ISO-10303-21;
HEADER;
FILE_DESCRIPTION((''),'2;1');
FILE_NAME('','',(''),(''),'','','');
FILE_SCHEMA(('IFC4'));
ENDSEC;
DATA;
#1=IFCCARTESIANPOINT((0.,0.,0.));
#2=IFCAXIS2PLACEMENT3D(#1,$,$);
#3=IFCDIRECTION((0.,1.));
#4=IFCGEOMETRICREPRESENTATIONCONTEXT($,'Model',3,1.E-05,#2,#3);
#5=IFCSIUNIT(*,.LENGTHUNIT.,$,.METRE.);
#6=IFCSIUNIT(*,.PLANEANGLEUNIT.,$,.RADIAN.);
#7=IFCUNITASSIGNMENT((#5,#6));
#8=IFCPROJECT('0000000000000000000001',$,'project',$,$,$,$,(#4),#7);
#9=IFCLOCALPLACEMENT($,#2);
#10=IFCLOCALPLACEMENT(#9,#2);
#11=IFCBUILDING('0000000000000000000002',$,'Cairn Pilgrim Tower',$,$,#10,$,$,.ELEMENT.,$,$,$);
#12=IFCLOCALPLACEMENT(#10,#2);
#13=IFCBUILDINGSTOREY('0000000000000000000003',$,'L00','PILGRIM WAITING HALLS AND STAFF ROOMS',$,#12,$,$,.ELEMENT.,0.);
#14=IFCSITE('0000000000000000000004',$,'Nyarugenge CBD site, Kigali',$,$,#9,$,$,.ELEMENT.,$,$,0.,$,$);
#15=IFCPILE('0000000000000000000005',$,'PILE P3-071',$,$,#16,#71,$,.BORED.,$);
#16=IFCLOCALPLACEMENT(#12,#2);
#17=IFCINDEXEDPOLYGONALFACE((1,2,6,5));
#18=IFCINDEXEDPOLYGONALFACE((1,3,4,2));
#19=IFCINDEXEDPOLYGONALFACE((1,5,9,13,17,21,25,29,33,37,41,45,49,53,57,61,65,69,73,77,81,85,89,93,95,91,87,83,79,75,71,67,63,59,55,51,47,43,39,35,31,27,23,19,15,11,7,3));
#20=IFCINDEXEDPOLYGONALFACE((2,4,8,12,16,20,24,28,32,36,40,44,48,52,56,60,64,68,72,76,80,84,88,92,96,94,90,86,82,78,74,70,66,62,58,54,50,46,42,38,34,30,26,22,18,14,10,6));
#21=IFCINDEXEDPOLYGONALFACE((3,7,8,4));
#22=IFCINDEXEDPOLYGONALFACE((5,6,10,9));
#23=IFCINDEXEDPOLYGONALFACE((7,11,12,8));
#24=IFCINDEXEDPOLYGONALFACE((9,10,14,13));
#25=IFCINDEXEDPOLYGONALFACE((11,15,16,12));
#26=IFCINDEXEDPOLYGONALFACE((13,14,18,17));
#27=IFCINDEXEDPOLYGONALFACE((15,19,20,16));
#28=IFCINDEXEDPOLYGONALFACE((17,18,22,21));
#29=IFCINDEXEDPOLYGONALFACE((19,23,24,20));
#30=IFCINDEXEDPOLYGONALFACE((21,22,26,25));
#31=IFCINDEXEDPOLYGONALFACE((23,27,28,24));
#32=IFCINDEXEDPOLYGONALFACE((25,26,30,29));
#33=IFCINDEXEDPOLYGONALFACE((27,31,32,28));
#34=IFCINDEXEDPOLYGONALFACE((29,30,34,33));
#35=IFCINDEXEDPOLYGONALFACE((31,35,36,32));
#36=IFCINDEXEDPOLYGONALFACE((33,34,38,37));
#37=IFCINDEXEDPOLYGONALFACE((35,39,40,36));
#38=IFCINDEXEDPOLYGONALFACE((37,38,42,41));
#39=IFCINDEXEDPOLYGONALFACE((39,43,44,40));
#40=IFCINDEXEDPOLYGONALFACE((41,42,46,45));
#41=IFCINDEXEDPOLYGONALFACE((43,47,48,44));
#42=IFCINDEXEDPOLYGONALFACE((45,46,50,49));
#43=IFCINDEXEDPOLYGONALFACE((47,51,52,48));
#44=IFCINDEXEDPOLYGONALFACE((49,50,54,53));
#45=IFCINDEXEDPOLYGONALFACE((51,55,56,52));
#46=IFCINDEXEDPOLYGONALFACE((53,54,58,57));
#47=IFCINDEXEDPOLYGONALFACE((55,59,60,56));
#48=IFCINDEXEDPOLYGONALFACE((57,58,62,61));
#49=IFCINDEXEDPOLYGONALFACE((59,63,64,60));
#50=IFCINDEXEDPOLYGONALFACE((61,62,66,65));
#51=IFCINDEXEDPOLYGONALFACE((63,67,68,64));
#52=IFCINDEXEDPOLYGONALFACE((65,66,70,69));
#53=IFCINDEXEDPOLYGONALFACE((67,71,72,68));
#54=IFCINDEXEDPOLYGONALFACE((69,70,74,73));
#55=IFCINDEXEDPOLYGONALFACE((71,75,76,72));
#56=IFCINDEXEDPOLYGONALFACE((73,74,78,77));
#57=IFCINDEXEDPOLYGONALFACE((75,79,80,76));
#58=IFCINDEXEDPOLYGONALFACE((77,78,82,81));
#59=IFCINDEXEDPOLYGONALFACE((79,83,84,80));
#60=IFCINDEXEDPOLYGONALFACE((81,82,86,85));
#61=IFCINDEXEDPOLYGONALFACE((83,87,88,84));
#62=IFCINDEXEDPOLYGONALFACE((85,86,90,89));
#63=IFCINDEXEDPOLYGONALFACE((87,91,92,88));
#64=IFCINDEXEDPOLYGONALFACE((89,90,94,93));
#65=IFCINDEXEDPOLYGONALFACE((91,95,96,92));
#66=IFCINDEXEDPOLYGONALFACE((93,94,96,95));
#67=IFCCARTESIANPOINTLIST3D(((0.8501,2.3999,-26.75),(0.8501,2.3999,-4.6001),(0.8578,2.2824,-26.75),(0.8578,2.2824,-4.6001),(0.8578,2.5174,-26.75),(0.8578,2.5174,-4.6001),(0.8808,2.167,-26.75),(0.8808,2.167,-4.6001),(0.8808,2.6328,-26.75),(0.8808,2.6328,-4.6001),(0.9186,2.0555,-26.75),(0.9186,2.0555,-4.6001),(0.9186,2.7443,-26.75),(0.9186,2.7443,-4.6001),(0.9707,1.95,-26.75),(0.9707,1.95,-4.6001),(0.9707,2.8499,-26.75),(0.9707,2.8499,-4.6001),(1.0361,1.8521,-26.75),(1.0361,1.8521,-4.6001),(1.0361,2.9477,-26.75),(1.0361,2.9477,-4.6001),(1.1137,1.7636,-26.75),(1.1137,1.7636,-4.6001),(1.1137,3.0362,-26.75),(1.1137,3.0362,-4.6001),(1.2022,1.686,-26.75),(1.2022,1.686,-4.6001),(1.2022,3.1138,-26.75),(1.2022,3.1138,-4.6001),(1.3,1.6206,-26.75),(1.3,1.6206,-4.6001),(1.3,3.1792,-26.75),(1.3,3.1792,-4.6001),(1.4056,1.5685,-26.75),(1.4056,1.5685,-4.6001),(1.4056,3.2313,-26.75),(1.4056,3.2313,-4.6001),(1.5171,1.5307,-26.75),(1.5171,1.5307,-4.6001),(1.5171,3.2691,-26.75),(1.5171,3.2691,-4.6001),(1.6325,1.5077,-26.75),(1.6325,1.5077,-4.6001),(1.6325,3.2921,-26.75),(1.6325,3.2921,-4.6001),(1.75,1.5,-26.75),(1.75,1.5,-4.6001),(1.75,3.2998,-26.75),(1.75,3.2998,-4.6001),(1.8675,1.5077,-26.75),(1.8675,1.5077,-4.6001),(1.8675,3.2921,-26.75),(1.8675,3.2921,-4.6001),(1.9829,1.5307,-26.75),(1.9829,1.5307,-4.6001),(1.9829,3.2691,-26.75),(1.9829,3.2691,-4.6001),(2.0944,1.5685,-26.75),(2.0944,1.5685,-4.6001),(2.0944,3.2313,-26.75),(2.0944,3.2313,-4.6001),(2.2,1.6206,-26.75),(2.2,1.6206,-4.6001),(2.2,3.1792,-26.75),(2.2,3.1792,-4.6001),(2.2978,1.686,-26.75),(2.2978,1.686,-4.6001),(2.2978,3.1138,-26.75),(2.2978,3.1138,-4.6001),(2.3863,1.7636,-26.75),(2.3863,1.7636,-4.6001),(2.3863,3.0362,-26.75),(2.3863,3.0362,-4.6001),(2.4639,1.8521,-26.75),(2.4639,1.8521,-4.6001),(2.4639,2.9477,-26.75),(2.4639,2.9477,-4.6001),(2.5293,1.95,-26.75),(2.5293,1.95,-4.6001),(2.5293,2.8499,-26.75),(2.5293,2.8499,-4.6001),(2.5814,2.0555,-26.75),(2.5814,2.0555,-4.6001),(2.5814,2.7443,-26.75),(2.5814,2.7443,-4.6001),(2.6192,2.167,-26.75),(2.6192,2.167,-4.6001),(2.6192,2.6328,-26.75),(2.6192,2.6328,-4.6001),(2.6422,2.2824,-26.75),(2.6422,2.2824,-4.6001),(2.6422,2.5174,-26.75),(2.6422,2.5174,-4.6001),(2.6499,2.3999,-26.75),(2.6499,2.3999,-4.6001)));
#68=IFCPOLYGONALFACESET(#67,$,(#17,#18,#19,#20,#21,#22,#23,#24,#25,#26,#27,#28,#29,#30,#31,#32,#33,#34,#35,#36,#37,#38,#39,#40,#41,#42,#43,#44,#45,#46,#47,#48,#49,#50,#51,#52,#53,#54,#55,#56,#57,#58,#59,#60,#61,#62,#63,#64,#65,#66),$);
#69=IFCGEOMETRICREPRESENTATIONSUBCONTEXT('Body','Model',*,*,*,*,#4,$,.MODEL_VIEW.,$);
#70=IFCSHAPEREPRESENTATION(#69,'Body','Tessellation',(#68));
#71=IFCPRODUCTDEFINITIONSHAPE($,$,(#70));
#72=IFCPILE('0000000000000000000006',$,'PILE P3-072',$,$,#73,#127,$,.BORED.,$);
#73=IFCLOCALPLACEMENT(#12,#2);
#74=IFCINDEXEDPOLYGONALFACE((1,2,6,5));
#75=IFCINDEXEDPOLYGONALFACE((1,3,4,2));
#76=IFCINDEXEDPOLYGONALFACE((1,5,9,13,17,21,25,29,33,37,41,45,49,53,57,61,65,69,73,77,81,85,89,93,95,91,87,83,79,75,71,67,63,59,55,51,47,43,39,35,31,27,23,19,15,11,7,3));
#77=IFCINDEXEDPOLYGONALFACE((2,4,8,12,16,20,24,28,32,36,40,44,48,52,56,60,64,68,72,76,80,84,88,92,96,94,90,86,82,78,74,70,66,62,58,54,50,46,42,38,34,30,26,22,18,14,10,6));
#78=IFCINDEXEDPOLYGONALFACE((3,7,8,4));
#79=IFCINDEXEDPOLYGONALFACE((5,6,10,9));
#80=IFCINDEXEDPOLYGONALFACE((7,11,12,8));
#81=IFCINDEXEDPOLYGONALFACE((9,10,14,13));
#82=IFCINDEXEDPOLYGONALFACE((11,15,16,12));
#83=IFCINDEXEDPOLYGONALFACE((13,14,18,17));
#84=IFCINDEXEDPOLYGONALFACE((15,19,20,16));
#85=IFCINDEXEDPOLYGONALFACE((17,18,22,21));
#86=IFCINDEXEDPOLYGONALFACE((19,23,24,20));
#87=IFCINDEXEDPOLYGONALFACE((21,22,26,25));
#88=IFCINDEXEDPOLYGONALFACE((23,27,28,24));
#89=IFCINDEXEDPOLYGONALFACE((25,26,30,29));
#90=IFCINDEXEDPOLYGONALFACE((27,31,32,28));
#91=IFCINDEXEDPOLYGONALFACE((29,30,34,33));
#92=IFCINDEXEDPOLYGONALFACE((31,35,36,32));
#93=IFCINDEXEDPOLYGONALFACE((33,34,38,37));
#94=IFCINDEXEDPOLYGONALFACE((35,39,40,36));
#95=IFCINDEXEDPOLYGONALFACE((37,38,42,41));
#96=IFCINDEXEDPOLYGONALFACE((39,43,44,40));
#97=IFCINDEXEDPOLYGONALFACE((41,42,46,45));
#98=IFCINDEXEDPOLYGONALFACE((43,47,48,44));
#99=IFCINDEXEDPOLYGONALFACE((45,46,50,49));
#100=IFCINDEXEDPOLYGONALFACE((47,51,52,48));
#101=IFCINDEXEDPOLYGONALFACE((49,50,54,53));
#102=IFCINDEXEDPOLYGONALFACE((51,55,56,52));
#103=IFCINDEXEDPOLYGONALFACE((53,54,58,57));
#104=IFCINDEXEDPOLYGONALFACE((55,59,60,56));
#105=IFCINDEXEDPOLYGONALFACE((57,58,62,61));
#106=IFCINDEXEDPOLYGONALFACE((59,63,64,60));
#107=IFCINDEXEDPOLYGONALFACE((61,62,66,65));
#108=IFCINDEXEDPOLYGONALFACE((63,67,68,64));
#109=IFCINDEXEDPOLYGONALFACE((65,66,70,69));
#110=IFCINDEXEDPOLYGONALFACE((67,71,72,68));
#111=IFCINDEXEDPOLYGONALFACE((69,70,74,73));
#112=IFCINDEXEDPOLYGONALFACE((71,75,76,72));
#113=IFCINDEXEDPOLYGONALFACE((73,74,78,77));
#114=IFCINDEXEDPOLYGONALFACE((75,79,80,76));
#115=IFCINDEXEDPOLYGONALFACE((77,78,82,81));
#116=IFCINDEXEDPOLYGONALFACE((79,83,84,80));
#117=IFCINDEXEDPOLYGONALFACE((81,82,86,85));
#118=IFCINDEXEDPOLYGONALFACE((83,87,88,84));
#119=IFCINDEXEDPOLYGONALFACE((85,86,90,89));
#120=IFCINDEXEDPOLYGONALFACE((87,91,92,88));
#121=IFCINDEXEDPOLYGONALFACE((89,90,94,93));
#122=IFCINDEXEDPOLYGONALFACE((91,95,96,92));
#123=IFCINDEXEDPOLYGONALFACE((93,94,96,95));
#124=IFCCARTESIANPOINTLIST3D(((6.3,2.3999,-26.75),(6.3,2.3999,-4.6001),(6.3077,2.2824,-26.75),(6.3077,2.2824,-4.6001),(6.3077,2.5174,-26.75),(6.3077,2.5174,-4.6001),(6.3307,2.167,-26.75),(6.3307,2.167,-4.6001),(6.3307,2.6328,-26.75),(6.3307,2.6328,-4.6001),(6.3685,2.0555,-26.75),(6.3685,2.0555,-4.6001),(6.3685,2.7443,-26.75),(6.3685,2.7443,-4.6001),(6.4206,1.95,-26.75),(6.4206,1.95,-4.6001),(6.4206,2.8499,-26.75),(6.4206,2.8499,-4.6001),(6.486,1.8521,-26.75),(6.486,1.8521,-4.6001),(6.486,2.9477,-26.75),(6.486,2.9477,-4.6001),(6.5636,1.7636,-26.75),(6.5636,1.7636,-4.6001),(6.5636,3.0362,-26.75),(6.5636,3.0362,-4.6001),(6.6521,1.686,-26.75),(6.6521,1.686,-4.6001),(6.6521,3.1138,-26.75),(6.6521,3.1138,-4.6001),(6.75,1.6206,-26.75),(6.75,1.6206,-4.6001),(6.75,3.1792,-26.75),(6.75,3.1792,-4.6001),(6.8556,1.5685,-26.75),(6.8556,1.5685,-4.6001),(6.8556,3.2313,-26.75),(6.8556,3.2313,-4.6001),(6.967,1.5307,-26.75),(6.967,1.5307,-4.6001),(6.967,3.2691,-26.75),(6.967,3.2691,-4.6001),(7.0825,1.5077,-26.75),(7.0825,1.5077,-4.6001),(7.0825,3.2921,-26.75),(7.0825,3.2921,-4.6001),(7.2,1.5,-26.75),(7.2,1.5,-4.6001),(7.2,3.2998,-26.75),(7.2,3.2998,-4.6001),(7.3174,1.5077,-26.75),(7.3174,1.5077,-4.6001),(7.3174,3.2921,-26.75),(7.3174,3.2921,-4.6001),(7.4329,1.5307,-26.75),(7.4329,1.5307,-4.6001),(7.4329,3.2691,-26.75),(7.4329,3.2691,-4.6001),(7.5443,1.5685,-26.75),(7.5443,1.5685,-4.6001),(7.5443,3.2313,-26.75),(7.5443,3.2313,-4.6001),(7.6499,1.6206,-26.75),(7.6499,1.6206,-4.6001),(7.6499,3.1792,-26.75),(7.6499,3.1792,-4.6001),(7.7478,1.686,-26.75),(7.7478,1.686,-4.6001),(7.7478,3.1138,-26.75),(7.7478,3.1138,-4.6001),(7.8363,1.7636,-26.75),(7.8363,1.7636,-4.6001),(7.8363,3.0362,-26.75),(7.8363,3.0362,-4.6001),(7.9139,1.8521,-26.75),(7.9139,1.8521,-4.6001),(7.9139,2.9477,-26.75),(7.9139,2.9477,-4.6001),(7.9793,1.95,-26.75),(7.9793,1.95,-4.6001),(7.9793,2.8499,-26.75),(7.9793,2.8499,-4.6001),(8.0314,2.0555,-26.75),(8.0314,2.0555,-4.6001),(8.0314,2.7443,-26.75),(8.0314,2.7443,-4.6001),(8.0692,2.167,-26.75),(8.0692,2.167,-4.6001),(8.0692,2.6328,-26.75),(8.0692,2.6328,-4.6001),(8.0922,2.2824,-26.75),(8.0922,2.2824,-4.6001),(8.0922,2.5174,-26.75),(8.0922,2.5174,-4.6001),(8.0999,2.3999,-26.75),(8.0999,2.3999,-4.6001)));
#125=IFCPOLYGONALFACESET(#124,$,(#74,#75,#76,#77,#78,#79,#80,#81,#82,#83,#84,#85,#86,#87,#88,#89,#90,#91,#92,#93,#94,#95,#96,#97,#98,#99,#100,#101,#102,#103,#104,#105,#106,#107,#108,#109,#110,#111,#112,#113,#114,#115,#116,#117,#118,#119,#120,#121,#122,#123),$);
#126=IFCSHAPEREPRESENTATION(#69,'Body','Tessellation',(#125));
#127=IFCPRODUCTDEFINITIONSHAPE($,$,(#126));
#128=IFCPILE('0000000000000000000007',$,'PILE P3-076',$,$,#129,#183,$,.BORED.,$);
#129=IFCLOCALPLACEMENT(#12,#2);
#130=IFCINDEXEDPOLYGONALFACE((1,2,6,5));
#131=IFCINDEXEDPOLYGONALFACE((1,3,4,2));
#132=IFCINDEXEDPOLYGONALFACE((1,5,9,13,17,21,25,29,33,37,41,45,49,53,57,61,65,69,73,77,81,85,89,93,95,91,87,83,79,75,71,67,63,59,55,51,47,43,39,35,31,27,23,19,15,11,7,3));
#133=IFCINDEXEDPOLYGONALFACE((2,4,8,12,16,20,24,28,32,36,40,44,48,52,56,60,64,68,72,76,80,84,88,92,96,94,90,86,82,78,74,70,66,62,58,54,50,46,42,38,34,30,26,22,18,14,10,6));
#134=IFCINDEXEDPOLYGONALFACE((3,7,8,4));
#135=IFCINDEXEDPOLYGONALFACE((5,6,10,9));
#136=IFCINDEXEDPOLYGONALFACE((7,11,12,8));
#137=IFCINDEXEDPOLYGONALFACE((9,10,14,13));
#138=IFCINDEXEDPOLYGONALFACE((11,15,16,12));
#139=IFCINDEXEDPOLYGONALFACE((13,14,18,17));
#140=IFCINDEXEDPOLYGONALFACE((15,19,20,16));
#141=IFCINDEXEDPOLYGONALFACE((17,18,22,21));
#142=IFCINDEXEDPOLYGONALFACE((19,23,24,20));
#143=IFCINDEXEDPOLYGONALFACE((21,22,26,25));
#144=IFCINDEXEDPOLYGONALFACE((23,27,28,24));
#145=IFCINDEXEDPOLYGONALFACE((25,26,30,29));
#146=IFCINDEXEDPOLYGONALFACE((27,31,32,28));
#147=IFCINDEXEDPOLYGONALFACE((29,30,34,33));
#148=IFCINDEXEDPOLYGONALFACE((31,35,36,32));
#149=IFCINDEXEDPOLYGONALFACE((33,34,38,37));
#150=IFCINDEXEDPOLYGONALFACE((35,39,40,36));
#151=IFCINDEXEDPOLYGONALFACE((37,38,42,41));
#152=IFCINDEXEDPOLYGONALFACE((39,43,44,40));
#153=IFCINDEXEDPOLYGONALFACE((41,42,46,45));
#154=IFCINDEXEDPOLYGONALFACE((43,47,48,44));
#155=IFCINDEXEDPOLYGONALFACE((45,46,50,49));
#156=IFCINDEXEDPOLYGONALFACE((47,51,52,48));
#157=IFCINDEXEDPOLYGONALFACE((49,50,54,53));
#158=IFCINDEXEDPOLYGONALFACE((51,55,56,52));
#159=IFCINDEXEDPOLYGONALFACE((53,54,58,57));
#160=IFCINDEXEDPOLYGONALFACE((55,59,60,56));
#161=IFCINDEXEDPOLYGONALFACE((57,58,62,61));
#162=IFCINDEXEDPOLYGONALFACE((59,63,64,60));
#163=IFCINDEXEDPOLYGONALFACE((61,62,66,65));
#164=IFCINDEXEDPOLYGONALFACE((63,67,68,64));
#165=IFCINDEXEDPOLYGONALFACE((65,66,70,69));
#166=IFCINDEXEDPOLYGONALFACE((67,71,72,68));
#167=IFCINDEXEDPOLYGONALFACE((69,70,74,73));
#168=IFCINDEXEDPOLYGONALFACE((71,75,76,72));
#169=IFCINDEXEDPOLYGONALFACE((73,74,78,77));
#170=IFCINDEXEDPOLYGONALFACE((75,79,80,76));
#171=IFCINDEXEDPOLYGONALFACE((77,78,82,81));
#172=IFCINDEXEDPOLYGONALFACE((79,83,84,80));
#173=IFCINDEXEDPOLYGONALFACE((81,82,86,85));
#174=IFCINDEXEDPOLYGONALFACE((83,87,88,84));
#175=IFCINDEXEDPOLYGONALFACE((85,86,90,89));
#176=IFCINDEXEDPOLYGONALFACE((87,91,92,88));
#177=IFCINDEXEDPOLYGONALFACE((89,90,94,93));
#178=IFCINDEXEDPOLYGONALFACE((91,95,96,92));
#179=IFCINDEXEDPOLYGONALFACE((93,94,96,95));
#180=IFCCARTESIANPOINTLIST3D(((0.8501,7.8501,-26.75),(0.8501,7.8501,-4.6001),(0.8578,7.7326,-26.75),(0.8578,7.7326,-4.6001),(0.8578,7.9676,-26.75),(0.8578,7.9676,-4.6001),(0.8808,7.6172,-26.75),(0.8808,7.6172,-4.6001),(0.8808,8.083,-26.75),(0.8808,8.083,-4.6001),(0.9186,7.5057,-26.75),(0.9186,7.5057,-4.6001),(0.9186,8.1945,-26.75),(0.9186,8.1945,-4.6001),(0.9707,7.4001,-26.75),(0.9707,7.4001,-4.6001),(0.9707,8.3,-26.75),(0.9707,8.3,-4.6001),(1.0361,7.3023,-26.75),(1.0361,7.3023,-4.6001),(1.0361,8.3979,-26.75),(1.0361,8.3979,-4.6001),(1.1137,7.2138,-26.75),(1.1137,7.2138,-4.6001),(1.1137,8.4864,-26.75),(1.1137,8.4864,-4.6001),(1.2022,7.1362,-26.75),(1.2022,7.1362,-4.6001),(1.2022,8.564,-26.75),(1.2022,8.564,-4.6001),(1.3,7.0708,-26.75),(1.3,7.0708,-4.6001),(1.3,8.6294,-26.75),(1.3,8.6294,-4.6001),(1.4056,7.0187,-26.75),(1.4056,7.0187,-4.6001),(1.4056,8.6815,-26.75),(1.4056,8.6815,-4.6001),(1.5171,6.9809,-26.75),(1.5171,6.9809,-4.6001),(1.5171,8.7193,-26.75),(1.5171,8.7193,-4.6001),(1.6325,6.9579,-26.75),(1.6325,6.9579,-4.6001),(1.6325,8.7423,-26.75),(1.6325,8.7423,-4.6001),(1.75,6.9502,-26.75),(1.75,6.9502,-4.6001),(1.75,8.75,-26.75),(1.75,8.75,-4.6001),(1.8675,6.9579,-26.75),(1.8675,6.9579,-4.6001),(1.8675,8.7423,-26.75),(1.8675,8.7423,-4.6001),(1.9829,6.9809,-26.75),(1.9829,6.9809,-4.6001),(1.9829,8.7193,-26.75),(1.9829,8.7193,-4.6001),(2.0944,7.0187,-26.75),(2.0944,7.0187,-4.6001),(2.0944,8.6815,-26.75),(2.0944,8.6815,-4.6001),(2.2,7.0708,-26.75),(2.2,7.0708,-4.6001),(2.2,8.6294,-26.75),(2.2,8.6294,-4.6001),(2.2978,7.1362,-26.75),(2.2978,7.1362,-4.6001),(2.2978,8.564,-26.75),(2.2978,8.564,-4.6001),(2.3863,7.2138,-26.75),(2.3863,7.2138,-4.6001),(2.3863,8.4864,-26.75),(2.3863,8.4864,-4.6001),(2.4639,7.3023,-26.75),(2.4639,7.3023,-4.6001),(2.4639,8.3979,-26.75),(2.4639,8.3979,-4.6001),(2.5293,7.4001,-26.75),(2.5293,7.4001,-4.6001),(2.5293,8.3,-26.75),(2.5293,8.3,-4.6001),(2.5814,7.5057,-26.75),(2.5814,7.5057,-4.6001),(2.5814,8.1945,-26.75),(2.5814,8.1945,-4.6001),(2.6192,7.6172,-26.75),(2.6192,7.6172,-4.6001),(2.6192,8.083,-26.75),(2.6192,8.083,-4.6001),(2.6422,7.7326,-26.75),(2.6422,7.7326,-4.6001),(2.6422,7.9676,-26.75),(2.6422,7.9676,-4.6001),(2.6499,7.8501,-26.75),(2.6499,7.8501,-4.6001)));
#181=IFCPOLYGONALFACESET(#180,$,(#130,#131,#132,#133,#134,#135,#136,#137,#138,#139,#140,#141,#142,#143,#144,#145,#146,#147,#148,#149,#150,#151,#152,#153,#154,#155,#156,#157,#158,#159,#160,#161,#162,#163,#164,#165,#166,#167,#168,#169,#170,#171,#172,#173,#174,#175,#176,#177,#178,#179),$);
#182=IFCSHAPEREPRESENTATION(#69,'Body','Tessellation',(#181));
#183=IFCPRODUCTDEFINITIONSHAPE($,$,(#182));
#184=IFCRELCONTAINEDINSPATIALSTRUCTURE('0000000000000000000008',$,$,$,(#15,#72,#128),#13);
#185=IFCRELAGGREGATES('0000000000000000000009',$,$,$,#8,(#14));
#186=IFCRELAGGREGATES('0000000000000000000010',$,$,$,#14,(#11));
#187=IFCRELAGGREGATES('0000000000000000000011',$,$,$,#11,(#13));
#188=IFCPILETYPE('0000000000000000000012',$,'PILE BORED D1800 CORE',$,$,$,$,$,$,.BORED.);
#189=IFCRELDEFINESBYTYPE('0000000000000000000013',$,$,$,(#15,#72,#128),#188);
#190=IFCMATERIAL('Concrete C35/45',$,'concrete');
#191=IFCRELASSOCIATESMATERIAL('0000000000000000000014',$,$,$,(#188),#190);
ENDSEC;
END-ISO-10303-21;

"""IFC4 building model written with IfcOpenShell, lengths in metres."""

from ifc_helpers import new_model, si_unit, direction, frame, origin, origin_2d, place, context, subcontext, project, spatial, circle, extrude, material, material_profile, profile_set, type_object, element, save


model = new_model("IFC4")

# Units and contexts
model_context = context("Model", 3, precision=1e-05, world=origin(), true_north=direction((0.0, 1.0)))
body_context = subcontext(model_context, "Body", "Model", "MODEL_VIEW")
ifc_project = project(units=[si_unit("LENGTHUNIT", "METRE"), si_unit("PLANEANGLEUNIT", "RADIAN")], contexts=[model_context])

# Site, building, storey
site_placement = place(None, origin())
site = spatial("IfcSite", under=ifc_project, at=site_placement, Name="Nyarugenge CBD site, Kigali", CompositionType="ELEMENT", RefElevation=0.0)
building_placement = place(site_placement, origin())
building = spatial("IfcBuilding", under=site, at=building_placement, Name="Cairn Pilgrim Tower", CompositionType="ELEMENT")
storey_placement = place(building_placement, origin())
storey = spatial("IfcBuildingStorey", under=building, at=storey_placement, Name="L00", Description="PILGRIM WAITING HALLS AND STAFF ROOMS", CompositionType="ELEMENT", Elevation=0.0)

# Piles
ifc_material_1 = material(Name="Concrete C35/45", Category="concrete")
ifc_material_profile_1 = material_profile(ifc_material_1, circle(Radius=0.8999, at=origin_2d()), Name="D1800")
ifc_profile_set_1 = profile_set([ifc_material_profile_1], Name="Concrete C35/45")
pile_type = type_object("IfcPileType", Name="PILE BORED D1800 CORE", PredefinedType="BORED", material=ifc_profile_set_1)
for number, where, z_axis, x_axis, name in (
    (1, (1.75, 2.3999, -4.6001), (0.0, 0.0, -1.0), (1.0, 0.0, 0.0), "PILE P3-071"),
    (2, (7.2, 2.3999, -4.6001), (0.0, 0.0, -1.0), (1.0, 0.0, 0.0), "PILE P3-072"),
    (3, (1.75, 7.8501, -4.6001), (0.0, 0.0, -1.0), (1.0, 0.0, 0.0), "PILE P3-076"),
):
    element("IfcPile", number, at=place(storey_placement, frame(where, z_axis=z_axis, x_axis=x_axis)), inside=storey, type_object=pile_type, Name=name, PredefinedType="BORED", context=body_context, shape_type="SweptSolid", body=[
        extrude(circle(Radius=0.8999, at=origin_2d()), origin(), (0.0, 0.0, 1.0), 22.1499),
    ])

save(model, "model.ifc")
